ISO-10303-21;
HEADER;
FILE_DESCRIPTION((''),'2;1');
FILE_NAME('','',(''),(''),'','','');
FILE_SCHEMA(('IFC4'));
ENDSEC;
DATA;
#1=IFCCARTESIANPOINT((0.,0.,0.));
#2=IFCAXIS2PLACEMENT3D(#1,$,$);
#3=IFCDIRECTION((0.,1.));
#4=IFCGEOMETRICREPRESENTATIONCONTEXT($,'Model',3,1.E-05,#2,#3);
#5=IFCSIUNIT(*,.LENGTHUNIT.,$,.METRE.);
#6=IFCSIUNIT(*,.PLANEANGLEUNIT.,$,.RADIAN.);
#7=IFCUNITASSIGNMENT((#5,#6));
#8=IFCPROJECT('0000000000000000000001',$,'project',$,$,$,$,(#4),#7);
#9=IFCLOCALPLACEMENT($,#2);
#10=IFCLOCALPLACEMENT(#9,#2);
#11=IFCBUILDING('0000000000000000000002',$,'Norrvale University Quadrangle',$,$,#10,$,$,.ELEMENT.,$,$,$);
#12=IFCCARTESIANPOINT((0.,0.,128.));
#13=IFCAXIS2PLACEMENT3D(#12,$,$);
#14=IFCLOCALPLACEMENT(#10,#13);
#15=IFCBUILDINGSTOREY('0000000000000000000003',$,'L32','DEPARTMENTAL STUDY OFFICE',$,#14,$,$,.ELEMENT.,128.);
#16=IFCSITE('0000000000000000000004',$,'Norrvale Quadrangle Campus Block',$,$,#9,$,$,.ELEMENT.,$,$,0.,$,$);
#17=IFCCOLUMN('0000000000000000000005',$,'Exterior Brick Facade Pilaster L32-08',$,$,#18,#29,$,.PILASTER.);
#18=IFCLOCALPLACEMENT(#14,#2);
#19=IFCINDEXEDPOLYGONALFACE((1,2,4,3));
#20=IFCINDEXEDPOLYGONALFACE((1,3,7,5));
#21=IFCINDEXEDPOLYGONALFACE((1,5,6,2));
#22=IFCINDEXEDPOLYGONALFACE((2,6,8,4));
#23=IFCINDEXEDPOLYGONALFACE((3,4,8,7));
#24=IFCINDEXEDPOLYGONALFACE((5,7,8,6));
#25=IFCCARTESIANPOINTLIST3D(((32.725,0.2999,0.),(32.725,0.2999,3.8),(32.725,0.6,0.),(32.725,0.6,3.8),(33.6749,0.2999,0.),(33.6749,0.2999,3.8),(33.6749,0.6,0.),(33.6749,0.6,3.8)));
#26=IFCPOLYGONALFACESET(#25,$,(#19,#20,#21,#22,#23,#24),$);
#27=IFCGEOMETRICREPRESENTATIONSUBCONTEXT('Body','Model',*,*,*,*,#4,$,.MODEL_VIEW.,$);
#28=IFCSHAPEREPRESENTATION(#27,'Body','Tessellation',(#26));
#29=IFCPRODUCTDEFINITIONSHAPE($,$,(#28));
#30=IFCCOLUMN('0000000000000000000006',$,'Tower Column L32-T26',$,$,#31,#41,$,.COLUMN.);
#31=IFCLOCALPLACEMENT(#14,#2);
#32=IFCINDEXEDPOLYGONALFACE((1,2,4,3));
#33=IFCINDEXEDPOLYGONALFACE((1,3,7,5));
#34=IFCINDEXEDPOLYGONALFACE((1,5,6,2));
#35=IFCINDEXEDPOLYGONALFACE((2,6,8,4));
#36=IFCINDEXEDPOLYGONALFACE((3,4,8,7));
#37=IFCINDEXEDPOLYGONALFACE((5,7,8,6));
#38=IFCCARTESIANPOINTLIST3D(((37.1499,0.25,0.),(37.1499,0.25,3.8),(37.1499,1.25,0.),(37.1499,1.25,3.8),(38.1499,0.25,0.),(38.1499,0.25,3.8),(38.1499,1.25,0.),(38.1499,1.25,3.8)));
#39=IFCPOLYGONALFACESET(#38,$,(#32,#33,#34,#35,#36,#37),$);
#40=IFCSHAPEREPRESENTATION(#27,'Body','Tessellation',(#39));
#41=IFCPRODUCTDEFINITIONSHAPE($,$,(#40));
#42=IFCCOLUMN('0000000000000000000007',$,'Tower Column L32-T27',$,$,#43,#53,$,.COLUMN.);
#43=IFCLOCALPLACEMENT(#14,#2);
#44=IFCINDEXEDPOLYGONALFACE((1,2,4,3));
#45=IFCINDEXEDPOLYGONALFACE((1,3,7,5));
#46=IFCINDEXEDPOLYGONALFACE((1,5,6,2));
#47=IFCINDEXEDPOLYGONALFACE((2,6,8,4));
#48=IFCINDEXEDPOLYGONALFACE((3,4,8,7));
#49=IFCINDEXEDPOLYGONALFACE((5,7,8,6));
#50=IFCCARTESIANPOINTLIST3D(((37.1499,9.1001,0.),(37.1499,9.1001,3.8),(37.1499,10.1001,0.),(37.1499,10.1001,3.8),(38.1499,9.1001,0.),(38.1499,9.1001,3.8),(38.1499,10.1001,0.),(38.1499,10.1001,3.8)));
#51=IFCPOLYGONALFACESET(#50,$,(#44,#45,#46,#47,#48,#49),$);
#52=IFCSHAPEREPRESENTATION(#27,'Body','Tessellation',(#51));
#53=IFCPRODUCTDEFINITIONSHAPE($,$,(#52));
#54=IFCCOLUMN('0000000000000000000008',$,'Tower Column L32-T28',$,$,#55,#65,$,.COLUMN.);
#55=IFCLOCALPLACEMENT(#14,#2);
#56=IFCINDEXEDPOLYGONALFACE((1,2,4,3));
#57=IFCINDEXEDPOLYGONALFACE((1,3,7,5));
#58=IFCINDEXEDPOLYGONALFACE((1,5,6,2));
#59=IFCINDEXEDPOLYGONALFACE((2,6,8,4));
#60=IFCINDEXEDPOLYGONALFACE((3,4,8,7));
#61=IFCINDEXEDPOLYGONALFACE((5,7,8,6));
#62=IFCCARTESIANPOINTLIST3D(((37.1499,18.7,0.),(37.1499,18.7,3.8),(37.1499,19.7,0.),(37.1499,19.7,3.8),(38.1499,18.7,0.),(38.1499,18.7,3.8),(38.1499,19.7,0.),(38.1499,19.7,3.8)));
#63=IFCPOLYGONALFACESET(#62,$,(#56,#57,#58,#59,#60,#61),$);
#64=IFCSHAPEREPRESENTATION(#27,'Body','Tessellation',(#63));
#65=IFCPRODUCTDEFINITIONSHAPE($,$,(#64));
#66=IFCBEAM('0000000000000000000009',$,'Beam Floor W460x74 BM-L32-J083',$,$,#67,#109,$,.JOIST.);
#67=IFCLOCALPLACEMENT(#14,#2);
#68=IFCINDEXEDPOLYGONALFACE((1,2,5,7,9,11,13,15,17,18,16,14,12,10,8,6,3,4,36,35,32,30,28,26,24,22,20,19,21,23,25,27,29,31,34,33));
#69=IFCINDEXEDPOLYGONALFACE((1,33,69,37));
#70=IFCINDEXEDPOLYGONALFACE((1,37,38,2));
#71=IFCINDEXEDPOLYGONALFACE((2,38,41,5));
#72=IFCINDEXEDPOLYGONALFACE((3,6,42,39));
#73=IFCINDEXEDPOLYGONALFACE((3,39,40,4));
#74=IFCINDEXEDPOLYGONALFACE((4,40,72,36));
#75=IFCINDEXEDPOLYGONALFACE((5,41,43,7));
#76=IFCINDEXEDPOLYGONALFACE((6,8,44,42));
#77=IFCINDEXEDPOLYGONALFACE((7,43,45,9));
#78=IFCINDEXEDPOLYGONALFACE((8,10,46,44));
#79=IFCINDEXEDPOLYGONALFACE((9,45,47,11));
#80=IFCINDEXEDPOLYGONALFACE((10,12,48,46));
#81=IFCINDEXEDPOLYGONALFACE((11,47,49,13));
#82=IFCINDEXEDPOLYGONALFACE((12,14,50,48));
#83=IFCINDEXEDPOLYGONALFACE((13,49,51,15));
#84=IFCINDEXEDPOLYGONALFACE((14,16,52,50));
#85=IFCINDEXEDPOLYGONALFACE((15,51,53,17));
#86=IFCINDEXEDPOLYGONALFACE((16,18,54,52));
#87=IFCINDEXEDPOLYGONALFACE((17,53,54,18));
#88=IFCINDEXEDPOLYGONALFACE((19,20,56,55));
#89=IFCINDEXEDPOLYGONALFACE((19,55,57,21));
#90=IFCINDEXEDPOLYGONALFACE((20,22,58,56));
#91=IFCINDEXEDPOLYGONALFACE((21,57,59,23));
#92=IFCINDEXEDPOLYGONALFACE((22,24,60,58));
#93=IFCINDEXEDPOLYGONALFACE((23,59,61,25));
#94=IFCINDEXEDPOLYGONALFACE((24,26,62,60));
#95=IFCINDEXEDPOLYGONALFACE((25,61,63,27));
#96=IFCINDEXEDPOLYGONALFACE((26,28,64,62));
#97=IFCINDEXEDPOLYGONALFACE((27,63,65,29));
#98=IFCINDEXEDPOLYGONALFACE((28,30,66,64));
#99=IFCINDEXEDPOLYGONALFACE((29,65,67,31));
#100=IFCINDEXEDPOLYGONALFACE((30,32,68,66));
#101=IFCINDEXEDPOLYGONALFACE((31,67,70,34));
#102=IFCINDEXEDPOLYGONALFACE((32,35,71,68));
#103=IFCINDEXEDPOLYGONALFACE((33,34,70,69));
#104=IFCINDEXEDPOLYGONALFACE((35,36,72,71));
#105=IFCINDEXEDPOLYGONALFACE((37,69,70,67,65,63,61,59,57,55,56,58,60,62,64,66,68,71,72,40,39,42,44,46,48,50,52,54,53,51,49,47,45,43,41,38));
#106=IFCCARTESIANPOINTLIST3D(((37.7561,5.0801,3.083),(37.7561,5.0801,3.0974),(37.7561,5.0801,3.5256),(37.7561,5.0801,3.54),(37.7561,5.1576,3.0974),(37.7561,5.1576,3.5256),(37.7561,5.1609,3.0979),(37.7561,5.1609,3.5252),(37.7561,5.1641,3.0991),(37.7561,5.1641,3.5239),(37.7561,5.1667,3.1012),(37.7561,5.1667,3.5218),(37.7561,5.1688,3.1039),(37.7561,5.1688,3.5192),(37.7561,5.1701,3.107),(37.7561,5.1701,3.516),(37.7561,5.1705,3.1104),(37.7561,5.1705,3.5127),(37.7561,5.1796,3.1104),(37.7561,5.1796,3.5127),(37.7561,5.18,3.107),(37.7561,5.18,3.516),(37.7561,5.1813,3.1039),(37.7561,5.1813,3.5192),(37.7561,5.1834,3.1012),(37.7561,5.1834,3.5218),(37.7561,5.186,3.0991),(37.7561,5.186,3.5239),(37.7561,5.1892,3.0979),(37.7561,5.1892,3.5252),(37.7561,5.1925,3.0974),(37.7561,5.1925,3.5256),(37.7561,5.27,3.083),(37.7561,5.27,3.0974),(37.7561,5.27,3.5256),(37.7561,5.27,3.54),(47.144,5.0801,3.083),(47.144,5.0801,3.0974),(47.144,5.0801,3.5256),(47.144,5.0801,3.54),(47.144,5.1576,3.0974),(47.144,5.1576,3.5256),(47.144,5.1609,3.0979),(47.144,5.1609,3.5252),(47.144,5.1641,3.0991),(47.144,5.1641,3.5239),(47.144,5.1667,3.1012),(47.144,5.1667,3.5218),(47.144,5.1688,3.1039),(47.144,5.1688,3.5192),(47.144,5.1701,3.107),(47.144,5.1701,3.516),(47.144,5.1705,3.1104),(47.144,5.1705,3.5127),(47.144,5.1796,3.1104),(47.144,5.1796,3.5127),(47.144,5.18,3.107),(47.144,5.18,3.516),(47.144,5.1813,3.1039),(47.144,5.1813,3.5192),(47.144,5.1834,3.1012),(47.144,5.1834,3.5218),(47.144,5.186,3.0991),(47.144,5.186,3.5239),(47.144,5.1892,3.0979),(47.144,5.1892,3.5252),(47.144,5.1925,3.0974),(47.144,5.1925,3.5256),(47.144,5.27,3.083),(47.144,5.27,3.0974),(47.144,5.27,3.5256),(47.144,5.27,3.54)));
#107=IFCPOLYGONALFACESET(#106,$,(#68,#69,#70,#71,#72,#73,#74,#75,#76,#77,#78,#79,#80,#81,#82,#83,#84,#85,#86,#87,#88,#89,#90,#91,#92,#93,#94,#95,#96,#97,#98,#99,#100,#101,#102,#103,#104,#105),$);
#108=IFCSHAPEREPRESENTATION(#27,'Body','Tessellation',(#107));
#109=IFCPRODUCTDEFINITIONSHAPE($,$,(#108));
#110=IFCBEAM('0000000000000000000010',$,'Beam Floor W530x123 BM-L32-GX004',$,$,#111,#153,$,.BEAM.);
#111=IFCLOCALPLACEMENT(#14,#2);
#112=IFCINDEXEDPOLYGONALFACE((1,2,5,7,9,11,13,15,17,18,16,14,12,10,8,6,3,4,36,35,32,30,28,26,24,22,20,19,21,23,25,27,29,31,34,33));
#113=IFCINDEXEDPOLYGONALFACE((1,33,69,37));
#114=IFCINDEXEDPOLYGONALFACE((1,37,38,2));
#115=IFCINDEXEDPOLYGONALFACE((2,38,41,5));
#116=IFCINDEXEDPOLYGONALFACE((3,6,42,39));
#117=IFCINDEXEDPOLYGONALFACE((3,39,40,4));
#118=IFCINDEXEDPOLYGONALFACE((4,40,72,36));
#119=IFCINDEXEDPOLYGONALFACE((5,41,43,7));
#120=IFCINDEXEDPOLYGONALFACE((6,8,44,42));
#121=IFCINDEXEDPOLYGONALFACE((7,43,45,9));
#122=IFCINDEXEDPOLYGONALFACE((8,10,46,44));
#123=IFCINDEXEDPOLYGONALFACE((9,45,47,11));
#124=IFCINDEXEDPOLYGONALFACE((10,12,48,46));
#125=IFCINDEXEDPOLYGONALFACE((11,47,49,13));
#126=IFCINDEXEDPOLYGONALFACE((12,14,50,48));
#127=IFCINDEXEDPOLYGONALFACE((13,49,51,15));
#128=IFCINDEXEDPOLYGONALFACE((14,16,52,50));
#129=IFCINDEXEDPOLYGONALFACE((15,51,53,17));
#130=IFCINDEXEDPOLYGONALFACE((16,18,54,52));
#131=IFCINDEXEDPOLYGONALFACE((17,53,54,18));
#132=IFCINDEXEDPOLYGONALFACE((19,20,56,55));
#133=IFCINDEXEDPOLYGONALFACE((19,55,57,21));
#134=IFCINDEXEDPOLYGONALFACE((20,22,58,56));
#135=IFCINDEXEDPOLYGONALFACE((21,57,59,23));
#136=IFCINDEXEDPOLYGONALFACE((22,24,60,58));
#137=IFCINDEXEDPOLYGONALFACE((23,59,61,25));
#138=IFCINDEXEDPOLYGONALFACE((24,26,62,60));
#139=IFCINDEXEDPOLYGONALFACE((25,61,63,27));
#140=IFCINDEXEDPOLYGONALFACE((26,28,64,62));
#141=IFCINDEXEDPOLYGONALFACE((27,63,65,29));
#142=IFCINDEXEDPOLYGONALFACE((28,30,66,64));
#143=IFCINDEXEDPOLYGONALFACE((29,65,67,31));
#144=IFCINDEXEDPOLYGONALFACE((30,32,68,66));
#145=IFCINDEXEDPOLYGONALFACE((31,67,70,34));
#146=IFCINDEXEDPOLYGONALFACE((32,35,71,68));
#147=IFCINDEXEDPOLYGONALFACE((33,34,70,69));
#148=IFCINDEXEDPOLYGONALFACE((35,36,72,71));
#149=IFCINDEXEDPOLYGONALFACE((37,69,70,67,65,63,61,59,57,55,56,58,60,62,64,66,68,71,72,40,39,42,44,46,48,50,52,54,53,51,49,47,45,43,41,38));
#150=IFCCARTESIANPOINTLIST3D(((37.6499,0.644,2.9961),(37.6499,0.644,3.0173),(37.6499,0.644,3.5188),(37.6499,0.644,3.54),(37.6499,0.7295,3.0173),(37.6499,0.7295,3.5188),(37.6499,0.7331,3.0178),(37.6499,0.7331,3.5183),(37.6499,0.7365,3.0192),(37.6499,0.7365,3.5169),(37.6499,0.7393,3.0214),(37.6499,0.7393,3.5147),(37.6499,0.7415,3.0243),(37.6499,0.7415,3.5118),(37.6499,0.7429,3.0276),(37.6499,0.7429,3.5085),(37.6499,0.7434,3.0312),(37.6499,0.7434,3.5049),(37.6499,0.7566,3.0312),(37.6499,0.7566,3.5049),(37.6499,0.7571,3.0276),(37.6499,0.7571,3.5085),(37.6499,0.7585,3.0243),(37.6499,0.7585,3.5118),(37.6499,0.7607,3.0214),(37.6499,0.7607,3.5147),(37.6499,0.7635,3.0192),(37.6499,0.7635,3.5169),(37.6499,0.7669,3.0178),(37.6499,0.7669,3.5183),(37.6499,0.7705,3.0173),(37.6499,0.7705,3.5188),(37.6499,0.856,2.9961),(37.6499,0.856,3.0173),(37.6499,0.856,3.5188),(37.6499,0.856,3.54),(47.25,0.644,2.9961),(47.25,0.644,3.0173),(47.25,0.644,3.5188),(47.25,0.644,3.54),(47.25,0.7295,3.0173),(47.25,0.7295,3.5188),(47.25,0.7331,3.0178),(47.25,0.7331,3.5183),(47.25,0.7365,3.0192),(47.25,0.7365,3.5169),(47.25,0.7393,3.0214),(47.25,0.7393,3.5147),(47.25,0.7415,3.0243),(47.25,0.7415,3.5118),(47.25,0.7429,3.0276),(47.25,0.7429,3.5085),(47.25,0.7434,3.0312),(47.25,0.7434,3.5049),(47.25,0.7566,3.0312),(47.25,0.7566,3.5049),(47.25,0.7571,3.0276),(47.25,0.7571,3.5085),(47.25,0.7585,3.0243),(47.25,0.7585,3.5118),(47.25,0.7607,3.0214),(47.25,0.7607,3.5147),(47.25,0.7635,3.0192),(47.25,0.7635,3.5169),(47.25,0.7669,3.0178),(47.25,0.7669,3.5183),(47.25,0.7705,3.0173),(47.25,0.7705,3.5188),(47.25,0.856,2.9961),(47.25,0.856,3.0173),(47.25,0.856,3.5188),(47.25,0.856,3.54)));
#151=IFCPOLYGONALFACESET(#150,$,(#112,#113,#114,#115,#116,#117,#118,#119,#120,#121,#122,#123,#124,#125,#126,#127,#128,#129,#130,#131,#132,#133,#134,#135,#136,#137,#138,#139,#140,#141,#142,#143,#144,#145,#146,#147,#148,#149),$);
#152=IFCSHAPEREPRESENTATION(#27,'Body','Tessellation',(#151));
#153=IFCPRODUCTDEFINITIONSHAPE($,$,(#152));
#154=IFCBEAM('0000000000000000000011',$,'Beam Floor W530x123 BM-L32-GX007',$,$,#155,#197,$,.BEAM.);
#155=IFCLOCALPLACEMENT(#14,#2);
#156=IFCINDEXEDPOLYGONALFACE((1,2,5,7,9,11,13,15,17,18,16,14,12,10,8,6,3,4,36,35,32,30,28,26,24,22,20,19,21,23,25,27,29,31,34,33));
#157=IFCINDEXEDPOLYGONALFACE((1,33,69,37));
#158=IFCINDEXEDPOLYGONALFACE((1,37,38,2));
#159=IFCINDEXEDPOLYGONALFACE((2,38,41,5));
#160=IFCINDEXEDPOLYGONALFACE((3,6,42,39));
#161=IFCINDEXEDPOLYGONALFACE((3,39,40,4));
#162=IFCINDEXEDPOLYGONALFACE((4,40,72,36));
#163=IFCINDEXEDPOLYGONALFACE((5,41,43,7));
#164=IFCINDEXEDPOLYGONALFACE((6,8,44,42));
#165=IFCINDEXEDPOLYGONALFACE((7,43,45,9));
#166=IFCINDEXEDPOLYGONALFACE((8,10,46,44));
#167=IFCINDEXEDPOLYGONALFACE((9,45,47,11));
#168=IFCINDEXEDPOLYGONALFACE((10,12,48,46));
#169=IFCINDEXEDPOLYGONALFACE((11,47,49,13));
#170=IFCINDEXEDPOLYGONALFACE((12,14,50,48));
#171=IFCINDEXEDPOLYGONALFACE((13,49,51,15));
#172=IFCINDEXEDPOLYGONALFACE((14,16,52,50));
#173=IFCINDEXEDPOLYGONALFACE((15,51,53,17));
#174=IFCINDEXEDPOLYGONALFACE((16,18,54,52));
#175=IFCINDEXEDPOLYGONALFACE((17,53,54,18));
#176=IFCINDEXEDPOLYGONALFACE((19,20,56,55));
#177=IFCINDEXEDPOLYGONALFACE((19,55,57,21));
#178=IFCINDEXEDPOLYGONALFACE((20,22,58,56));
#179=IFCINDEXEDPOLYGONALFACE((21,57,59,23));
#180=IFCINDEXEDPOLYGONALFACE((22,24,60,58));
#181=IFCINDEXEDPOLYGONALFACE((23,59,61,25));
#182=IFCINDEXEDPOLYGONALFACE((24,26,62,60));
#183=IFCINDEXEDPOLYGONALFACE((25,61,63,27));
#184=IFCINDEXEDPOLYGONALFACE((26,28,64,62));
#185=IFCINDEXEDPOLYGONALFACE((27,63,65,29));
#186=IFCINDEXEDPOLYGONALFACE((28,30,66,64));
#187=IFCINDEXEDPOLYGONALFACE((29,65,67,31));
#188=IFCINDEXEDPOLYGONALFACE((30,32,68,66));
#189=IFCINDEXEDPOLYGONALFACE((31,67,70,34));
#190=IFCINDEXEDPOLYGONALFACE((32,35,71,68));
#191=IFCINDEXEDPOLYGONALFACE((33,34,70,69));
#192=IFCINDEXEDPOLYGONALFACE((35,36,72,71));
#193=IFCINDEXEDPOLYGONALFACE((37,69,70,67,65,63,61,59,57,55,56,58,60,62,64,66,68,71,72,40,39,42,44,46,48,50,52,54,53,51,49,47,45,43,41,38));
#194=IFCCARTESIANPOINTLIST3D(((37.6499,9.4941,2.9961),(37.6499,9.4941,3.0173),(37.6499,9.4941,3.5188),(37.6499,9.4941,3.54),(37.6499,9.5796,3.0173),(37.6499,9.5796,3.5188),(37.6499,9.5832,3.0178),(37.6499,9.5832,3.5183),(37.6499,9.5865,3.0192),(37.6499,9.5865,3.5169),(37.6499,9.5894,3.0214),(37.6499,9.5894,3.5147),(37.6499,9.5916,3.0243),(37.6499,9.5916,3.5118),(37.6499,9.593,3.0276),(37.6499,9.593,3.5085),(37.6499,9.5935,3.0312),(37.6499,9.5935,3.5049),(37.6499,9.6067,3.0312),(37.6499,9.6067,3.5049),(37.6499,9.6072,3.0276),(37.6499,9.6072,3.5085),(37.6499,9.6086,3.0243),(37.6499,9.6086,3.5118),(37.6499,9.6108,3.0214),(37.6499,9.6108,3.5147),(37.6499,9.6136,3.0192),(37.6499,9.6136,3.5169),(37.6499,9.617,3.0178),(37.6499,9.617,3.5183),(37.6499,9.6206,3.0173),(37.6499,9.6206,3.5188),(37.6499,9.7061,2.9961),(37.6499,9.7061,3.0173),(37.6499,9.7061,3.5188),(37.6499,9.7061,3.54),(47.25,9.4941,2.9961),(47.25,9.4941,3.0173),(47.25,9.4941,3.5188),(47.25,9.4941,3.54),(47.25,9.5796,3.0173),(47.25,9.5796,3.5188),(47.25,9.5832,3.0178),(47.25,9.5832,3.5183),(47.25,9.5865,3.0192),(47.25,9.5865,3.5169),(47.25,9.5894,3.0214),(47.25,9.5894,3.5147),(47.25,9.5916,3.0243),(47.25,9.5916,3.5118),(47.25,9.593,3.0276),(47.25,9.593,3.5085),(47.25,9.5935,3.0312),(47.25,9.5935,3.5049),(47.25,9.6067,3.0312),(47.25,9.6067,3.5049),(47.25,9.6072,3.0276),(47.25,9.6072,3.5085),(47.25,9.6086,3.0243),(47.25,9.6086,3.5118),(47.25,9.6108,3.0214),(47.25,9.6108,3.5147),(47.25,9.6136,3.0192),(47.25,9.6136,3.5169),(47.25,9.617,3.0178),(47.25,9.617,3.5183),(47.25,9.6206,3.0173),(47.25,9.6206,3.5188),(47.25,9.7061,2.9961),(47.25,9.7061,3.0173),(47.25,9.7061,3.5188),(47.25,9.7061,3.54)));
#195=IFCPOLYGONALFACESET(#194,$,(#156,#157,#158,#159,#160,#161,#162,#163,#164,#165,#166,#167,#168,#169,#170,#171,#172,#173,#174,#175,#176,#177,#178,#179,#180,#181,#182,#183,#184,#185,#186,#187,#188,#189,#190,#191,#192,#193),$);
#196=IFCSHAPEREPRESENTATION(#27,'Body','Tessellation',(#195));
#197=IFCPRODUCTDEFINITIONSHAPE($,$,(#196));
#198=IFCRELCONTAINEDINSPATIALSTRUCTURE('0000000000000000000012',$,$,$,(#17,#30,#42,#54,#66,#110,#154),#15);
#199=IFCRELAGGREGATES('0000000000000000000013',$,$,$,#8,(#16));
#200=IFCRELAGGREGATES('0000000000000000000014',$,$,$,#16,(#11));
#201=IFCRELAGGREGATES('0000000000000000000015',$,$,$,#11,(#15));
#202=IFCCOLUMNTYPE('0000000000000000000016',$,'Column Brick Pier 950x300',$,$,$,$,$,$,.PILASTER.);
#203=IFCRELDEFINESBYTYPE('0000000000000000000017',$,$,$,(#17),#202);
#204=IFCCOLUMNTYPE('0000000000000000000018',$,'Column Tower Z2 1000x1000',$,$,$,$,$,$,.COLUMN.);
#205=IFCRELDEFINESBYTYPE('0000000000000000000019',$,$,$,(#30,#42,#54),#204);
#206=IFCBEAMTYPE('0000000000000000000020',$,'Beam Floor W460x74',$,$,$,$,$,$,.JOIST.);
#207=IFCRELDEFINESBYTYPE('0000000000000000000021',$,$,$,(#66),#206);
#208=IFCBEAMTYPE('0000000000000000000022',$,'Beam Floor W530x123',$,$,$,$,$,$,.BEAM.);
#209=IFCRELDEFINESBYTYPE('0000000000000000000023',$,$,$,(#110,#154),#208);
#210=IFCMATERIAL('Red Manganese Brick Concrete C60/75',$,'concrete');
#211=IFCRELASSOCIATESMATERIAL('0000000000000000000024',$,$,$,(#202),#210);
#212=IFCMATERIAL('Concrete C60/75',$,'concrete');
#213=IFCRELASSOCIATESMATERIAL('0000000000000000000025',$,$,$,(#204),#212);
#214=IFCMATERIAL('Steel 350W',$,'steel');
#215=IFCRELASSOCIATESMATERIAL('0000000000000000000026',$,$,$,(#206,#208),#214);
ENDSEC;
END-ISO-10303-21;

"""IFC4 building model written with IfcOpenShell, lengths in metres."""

from ifc_helpers import new_model, si_unit, direction, frame, origin, origin_2d, place, context, subcontext, project, spatial, rectangle, i_section, extrude, material, material_profile, profile_set, type_object, element, save


model = new_model("IFC4")

# Units and contexts
model_context = context("Model", 3, precision=1e-05, world=origin(), true_north=direction((0.0, 1.0)))
body_context = subcontext(model_context, "Body", "Model", "MODEL_VIEW")
ifc_project = project(units=[si_unit("LENGTHUNIT", "METRE"), si_unit("PLANEANGLEUNIT", "RADIAN")], contexts=[model_context])

# Site, building, storey
site_placement = place(None, origin())
site = spatial("IfcSite", under=ifc_project, at=site_placement, Name="Norrvale Quadrangle Campus Block", CompositionType="ELEMENT", RefElevation=0.0)
building_placement = place(site_placement, origin())
building = spatial("IfcBuilding", under=site, at=building_placement, Name="Norrvale University Quadrangle", CompositionType="ELEMENT")
storey_placement = place(building_placement, frame((0.0, 0.0, 128.0)))
storey = spatial("IfcBuildingStorey", under=building, at=storey_placement, Name="L32", Description="DEPARTMENTAL STUDY OFFICE", CompositionType="ELEMENT", Elevation=128.0)

# Columns
ifc_material_1 = material(Name="Red Manganese Brick Concrete C60/75", Category="concrete")
ifc_material_profile_1 = material_profile(ifc_material_1, rectangle(XDim=0.95, YDim=0.3, at=origin_2d()), Name="Red Manganese Brick Concrete C60/75")
ifc_profile_set_1 = profile_set([ifc_material_profile_1], Name="Red Manganese Brick Concrete C60/75")
column_type_1 = type_object("IfcColumnType", Name="Column Brick Pier 950x300", PredefinedType="PILASTER", material=ifc_profile_set_1)
column_placement = place(storey_placement, frame((33.2, 0.45, 0.0), z_axis=(0.0, 0.0, 1.0), x_axis=(1.0, 0.0, 0.0)))
element("IfcColumn", 1, at=column_placement, inside=storey, type_object=column_type_1, Name="Exterior Brick Facade Pilaster L32-08", PredefinedType="PILASTER", context=body_context, shape_type="SweptSolid", body=[
    extrude(rectangle(XDim=0.95, YDim=0.3, at=origin_2d()), origin(), (0.0, 0.0, 1.0), 3.8),
])
ifc_material_2 = material(Name="Concrete C60/75", Category="concrete")
ifc_material_profile_2 = material_profile(ifc_material_2, rectangle(XDim=1.0, YDim=1.0, at=origin_2d()), Name="Concrete C60/75")
ifc_profile_set_2 = profile_set([ifc_material_profile_2], Name="Concrete C60/75")
column_type_2 = type_object("IfcColumnType", Name="Column Tower Z2 1000x1000", PredefinedType="COLUMN", material=ifc_profile_set_2)
for number, where, z_axis, x_axis, name in (
    (2, (37.6499, 0.75, 0.0), (0.0, 0.0, 1.0), (1.0, 0.0, 0.0), "Tower Column L32-T26"),
    (3, (37.6499, 9.6001, 0.0), (0.0, 0.0, 1.0), (1.0, 0.0, 0.0), "Tower Column L32-T27"),
    (4, (37.6499, 19.2, 0.0), (0.0, 0.0, 1.0), (1.0, 0.0, 0.0), "Tower Column L32-T28"),
):
    element("IfcColumn", number, at=place(storey_placement, frame(where, z_axis=z_axis, x_axis=x_axis)), inside=storey, type_object=column_type_2, Name=name, PredefinedType="COLUMN", context=body_context, shape_type="SweptSolid", body=[
        extrude(rectangle(XDim=1.0, YDim=1.0, at=origin_2d()), origin(), (0.0, 0.0, 1.0), 3.8),
    ])

# Beams
ifc_material_3 = material(Name="Steel 350W", Category="steel")
ifc_material_profile_3 = material_profile(ifc_material_3, i_section(OverallWidth=0.1899, OverallDepth=0.457, WebThickness=0.009, FlangeThickness=0.0144, FilletRadius=0.0129, at=origin_2d()), Name="Steel 350W")
ifc_profile_set_3 = profile_set([ifc_material_profile_3], Name="Steel 350W")
beam_type_1 = type_object("IfcBeamType", Name="Beam Floor W460x74", PredefinedType="JOIST", material=ifc_profile_set_3)
beam_1_placement = place(storey_placement, frame((37.7561, 5.175, 3.3115), z_axis=(1.0, 0.0, 0.0), x_axis=(0.0, 1.0, 0.0)))
element("IfcBeam", 5, at=beam_1_placement, inside=storey, type_object=beam_type_1, Name="Beam Floor W460x74 BM-L32-J083", PredefinedType="JOIST", context=body_context, shape_type="SweptSolid", body=[
    extrude(i_section(OverallWidth=0.1899, OverallDepth=0.457, WebThickness=0.009, FlangeThickness=0.0144, FilletRadius=0.0129, at=origin_2d()), origin(), (0.0, 0.0, 1.0), 9.3879),
])
ifc_material_profile_4 = material_profile(ifc_material_3, i_section(OverallWidth=0.2119, OverallDepth=0.5439, WebThickness=0.0132, FlangeThickness=0.0212, FilletRadius=0.0139, at=origin_2d()), Name="Steel 350W")
ifc_profile_set_4 = profile_set([ifc_material_profile_4], Name="Steel 350W")
beam_type_2 = type_object("IfcBeamType", Name="Beam Floor W530x123", PredefinedType="BEAM", material=ifc_profile_set_4)
for number, where, z_axis, x_axis, name in (
    (6, (37.6499, 0.75, 3.2681), (1.0, 0.0, 0.0), (0.0, 1.0, 0.0), "Beam Floor W530x123 BM-L32-GX004"),
    (7, (37.6499, 9.6001, 3.2681), (1.0, 0.0, 0.0), (0.0, 1.0, 0.0), "Beam Floor W530x123 BM-L32-GX007"),
):
    element("IfcBeam", number, at=place(storey_placement, frame(where, z_axis=z_axis, x_axis=x_axis)), inside=storey, type_object=beam_type_2, Name=name, PredefinedType="BEAM", context=body_context, shape_type="SweptSolid", body=[
        extrude(i_section(OverallWidth=0.2119, OverallDepth=0.5439, WebThickness=0.0132, FlangeThickness=0.0212, FilletRadius=0.0139, at=origin_2d()), origin(), (0.0, 0.0, 1.0), 9.6001),
    ])

save(model, "model.ifc")
